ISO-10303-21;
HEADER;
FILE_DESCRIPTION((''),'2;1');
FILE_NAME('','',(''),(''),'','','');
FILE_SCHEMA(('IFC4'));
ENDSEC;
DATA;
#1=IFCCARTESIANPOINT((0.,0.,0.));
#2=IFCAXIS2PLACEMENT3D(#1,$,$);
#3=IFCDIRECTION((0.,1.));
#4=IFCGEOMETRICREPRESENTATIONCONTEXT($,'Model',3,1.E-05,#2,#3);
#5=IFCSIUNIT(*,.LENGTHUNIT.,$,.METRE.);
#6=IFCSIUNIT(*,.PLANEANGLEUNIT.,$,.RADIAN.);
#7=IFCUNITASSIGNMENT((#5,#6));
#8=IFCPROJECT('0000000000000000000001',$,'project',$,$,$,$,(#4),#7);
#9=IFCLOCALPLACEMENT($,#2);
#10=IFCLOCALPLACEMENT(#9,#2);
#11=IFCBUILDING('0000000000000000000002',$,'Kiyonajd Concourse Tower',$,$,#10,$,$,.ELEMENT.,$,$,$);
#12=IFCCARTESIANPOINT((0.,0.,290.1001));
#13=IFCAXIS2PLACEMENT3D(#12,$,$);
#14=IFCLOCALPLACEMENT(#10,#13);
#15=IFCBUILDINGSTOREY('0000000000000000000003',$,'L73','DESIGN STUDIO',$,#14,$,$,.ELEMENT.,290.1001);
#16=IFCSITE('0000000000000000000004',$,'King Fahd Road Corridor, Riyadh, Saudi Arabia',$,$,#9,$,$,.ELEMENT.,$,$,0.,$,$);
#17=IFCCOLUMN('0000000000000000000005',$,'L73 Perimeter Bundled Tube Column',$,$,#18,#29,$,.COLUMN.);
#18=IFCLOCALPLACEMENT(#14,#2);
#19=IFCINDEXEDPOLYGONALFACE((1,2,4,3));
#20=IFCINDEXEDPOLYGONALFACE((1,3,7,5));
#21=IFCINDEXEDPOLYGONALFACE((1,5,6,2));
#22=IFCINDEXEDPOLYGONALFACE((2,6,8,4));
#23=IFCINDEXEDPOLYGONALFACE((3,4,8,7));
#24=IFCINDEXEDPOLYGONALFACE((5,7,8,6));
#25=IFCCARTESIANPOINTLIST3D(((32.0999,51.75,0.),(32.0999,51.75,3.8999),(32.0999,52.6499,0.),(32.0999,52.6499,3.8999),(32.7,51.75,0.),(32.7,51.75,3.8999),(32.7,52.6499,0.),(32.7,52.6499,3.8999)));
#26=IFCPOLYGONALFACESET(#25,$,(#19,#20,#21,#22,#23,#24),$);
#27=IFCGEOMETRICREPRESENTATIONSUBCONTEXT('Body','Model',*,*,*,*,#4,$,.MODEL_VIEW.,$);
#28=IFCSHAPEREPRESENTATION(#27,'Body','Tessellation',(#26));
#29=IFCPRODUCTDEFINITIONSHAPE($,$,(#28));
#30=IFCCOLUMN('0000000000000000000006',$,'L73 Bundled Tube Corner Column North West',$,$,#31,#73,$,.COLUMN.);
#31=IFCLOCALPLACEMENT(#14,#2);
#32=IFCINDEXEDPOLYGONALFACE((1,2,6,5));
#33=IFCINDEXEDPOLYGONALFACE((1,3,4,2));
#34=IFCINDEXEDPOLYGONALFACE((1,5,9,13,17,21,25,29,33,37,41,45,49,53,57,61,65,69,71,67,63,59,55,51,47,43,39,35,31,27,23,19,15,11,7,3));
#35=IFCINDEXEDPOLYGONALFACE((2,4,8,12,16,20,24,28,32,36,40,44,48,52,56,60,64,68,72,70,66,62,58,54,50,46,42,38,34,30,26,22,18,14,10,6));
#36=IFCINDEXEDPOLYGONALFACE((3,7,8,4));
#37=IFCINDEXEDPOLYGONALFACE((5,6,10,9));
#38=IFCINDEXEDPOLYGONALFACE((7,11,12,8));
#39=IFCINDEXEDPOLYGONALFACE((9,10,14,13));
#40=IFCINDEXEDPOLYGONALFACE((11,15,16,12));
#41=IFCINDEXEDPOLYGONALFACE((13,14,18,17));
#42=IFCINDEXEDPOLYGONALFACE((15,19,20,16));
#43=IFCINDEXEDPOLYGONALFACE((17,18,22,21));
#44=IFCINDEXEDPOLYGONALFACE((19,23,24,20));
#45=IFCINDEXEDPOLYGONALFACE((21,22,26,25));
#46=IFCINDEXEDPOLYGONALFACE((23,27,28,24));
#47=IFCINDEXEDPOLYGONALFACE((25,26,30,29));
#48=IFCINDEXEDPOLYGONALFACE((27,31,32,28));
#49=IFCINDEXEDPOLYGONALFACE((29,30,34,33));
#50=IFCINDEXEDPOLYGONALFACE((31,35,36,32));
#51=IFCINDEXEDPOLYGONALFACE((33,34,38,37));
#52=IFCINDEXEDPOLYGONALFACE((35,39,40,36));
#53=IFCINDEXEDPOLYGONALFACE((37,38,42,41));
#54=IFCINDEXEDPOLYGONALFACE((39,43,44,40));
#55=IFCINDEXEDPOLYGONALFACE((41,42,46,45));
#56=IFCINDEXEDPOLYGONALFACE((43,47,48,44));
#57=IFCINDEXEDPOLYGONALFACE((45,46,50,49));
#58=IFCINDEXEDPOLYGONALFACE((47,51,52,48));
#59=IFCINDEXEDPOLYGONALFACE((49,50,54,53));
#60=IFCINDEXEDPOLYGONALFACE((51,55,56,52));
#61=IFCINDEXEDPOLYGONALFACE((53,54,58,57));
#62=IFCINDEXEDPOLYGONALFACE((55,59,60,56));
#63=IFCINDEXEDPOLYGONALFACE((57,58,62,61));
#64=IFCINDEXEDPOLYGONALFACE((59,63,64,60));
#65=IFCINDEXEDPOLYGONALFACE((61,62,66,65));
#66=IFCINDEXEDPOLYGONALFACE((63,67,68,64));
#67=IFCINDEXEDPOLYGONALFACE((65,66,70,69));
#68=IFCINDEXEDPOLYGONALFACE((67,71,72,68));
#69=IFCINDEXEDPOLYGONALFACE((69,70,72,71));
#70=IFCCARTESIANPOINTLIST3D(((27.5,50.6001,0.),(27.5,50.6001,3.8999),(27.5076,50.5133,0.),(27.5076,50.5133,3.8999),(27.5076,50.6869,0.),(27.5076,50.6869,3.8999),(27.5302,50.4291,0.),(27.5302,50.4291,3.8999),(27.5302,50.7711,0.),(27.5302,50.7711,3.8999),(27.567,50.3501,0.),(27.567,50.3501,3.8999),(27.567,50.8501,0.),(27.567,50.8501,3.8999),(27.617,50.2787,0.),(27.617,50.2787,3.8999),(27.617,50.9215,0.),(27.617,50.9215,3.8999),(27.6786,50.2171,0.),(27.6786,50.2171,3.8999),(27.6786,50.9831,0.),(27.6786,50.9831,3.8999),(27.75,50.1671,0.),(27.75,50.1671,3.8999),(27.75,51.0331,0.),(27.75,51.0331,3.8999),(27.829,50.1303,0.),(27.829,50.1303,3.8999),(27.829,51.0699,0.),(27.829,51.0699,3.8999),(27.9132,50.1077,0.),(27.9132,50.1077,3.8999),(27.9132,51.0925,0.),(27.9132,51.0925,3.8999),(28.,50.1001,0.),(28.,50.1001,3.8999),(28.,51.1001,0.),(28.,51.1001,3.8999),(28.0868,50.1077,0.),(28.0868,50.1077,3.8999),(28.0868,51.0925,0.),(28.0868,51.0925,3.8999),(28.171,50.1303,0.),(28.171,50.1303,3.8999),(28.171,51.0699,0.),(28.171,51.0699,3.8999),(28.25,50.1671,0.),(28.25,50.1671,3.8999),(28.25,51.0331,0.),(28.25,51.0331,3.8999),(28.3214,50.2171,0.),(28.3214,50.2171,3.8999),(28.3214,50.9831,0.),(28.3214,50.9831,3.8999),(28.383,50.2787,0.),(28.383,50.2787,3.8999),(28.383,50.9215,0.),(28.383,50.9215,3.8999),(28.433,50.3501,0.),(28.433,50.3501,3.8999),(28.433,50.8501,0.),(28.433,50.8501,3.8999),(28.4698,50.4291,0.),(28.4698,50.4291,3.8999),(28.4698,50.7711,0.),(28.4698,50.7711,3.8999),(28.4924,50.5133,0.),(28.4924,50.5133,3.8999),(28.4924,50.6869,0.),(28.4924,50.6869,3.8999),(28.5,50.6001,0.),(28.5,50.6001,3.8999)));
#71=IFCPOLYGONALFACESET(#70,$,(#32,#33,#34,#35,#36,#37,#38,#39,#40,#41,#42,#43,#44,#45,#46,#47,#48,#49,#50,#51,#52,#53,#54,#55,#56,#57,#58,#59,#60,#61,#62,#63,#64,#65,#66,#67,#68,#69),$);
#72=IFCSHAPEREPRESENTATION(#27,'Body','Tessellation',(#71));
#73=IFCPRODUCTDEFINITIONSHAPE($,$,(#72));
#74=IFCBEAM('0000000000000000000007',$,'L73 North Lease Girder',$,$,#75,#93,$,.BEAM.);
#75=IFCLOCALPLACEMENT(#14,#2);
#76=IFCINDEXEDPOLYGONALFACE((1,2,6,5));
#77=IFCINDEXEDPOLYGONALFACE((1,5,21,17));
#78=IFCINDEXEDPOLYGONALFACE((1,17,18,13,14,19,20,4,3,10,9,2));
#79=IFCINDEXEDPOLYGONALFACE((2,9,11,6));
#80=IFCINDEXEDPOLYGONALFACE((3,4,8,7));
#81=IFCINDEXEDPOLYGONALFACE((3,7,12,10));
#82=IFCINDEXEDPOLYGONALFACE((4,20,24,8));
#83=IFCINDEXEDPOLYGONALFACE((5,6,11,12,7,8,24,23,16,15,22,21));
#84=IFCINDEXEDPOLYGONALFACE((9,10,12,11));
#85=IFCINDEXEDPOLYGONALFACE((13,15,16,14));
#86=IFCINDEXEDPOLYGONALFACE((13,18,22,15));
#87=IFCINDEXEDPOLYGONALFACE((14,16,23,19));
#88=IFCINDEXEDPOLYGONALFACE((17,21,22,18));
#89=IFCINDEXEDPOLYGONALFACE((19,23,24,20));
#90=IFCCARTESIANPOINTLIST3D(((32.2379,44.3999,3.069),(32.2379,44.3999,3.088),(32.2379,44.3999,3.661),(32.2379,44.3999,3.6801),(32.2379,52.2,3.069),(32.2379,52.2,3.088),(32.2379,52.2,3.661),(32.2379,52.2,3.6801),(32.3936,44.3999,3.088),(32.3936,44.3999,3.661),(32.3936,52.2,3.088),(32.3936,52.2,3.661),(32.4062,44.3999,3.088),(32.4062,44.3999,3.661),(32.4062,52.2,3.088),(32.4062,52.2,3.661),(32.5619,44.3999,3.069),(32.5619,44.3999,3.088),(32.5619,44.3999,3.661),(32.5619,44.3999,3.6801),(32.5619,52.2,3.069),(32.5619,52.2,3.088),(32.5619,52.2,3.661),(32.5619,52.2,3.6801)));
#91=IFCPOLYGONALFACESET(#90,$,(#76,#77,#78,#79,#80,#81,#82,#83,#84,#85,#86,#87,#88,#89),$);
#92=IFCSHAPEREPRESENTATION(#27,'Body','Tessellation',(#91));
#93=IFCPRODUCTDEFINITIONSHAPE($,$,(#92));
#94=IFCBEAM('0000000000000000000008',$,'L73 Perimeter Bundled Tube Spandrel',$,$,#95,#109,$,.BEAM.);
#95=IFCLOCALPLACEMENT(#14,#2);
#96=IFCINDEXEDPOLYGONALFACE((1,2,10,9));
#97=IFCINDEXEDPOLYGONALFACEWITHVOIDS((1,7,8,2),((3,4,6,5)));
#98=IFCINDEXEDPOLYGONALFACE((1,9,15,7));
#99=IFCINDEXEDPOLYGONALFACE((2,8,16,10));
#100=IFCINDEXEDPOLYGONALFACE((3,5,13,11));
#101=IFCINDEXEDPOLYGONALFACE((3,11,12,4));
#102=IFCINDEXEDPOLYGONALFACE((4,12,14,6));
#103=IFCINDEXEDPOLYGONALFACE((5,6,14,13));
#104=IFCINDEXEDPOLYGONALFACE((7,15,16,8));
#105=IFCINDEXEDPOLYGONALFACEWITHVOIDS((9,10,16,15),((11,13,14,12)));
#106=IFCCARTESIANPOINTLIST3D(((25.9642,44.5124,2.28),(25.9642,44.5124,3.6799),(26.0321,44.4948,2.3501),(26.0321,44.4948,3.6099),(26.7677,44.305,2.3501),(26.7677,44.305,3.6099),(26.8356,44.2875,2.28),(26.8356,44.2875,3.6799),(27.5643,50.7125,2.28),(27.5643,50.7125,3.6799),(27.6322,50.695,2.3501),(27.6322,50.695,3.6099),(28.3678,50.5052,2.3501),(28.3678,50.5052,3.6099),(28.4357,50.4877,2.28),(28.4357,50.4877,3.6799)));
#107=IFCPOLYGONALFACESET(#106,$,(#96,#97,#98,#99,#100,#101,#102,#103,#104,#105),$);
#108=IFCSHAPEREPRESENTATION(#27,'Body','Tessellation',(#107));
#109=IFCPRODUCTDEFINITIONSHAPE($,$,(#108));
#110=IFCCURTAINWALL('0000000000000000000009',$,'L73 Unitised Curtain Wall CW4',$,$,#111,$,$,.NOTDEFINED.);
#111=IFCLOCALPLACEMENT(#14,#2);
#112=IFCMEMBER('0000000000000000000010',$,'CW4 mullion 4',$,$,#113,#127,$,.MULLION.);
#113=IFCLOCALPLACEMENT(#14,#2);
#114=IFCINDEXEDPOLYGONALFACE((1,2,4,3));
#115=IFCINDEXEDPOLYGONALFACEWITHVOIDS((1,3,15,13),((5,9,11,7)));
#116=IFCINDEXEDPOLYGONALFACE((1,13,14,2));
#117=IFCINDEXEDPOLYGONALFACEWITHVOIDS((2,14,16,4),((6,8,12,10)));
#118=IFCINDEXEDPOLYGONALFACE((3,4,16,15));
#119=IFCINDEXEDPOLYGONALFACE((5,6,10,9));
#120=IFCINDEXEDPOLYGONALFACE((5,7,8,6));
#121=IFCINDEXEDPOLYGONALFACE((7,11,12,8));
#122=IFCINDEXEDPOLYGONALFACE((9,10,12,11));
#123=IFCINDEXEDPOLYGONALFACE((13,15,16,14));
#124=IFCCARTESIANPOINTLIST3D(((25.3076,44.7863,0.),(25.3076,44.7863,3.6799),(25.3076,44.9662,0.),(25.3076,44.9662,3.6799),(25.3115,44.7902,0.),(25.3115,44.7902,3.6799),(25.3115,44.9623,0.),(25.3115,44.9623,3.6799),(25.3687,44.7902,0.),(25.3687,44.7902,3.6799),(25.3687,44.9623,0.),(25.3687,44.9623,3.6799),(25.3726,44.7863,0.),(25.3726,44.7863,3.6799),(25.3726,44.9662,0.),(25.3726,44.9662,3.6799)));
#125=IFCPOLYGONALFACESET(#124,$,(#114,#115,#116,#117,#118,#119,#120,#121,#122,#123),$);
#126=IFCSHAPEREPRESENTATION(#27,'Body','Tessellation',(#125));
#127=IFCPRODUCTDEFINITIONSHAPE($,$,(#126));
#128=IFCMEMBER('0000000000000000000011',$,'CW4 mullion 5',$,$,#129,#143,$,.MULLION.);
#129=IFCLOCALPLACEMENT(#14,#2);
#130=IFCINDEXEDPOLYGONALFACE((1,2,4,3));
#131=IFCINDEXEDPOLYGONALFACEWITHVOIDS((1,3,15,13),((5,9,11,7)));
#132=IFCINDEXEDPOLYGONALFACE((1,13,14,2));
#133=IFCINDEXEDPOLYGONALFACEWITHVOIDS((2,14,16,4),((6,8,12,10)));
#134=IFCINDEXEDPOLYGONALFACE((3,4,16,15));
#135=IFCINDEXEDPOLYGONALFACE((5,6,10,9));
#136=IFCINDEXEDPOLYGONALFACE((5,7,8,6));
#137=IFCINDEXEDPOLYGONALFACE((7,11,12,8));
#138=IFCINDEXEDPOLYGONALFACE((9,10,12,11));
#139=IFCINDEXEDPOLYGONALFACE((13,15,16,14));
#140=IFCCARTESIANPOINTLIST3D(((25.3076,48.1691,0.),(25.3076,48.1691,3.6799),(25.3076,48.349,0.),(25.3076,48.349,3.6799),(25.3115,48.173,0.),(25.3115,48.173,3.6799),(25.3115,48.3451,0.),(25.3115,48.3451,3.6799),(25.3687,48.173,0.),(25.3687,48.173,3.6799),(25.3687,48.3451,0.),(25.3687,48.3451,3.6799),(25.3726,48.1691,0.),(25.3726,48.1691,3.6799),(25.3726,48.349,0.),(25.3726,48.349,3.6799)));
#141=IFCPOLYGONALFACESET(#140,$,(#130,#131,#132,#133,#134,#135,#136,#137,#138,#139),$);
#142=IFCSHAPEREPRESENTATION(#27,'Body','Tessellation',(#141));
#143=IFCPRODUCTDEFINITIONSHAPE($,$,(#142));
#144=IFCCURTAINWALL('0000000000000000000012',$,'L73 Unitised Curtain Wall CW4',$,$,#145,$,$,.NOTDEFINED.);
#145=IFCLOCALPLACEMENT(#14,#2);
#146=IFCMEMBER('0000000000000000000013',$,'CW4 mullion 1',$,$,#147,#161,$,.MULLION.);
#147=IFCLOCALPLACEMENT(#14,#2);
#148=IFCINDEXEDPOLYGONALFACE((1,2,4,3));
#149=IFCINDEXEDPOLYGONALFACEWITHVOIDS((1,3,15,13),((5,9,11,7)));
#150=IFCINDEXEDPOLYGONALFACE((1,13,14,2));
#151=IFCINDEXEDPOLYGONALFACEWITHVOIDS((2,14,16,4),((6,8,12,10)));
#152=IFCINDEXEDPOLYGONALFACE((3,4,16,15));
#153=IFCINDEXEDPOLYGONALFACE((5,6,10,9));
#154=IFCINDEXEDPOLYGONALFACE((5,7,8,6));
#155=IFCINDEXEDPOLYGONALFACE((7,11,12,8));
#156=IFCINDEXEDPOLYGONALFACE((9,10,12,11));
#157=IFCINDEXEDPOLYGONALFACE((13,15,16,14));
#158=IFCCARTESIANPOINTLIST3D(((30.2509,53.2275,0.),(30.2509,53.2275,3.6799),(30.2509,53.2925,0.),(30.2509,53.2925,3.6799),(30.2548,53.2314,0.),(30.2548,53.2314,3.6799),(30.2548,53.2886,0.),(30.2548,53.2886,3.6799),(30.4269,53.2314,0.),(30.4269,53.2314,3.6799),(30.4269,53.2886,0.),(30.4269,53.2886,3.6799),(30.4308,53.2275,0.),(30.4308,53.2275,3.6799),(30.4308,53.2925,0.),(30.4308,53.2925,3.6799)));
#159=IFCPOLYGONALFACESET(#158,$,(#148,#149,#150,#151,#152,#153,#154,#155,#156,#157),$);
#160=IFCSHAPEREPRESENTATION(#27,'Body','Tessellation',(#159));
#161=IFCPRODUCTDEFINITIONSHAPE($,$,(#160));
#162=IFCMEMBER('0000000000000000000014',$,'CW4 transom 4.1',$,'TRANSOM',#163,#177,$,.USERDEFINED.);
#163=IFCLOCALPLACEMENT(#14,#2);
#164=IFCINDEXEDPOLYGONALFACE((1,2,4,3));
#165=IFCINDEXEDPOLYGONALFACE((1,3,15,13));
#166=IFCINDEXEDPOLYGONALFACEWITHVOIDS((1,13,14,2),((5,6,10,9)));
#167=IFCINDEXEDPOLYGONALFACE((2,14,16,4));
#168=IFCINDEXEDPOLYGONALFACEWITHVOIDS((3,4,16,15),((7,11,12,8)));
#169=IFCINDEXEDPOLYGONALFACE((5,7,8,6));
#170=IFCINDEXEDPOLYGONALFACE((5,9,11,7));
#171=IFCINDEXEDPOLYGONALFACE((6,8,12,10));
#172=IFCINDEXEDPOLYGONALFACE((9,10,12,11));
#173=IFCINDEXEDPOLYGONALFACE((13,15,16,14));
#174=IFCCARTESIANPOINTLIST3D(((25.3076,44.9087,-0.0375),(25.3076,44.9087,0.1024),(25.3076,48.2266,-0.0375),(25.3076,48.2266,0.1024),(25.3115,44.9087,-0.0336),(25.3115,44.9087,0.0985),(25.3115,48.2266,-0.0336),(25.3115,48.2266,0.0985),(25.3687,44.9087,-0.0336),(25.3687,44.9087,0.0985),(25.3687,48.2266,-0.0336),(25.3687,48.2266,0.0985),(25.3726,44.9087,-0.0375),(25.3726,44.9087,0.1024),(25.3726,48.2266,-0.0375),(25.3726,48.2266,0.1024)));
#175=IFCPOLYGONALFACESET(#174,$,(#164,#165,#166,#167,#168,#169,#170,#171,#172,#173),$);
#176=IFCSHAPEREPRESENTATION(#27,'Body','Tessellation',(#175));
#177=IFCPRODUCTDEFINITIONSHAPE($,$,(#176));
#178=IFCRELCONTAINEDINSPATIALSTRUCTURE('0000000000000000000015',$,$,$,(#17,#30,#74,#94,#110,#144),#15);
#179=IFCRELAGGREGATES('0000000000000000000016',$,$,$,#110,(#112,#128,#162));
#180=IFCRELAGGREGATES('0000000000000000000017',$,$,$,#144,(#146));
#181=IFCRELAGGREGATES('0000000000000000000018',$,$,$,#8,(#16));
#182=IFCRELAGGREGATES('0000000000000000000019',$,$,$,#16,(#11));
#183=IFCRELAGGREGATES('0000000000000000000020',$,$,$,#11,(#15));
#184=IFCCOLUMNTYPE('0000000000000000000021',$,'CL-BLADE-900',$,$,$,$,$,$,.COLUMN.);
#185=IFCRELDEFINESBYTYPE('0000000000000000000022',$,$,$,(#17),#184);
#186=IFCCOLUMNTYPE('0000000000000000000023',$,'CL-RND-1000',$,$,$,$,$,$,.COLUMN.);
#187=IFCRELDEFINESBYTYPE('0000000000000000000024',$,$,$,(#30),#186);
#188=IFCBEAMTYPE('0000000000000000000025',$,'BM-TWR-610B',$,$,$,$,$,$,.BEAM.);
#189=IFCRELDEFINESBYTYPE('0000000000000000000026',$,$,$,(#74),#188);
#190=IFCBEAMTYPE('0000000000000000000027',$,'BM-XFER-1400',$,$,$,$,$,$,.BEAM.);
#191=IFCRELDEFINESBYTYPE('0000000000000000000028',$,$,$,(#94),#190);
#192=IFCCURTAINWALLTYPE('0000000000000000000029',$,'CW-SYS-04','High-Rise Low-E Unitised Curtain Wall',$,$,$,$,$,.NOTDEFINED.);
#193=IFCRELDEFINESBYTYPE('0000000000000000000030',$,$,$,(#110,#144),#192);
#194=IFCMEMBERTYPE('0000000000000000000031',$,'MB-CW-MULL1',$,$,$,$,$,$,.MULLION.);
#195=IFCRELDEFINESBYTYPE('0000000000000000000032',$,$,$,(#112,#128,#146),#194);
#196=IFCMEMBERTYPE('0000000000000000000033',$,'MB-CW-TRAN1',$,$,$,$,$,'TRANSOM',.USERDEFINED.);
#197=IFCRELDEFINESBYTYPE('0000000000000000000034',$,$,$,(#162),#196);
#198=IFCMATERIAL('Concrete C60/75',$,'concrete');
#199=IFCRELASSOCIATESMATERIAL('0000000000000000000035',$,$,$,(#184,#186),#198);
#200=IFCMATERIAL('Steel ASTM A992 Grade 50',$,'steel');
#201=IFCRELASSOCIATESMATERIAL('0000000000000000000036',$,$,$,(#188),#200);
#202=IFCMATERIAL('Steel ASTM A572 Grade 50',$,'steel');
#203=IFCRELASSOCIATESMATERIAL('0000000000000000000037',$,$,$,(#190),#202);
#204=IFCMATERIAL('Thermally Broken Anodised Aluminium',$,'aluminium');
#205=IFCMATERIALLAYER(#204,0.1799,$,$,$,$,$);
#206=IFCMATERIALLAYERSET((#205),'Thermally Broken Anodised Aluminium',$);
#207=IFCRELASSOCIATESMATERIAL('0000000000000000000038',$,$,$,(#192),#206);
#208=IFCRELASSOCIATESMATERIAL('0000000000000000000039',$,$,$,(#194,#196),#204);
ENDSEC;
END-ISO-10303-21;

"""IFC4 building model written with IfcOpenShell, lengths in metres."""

from ifc_helpers import new_model, si_unit, direction, frame, origin, origin_2d, place, context, subcontext, project, spatial, rectangle, hollow_rectangle, circle, i_section, extrude, material, layer, layer_set, material_profile, profile_set, type_object, element, aggregate, save


model = new_model("IFC4")

# Units and contexts
model_context = context("Model", 3, precision=1e-05, world=origin(), true_north=direction((0.0, 1.0)))
body_context = subcontext(model_context, "Body", "Model", "MODEL_VIEW")
ifc_project = project(units=[si_unit("LENGTHUNIT", "METRE"), si_unit("PLANEANGLEUNIT", "RADIAN")], contexts=[model_context])

# Site, building, storey
site_placement = place(None, origin())
site = spatial("IfcSite", under=ifc_project, at=site_placement, Name="King Fahd Road Corridor, Riyadh, Saudi Arabia", CompositionType="ELEMENT", RefElevation=0.0)
building_placement = place(site_placement, origin())
building = spatial("IfcBuilding", under=site, at=building_placement, Name="Kiyonajd Concourse Tower", CompositionType="ELEMENT")
storey_placement = place(building_placement, frame((0.0, 0.0, 290.1001)))
storey = spatial("IfcBuildingStorey", under=building, at=storey_placement, Name="L73", Description="DESIGN STUDIO", CompositionType="ELEMENT", Elevation=290.1001)

# Columns
ifc_material_1 = material(Name="Concrete C60/75", Category="concrete")
ifc_material_profile_1 = material_profile(ifc_material_1, rectangle(XDim=0.6001, YDim=0.8999, at=origin_2d()), Name="RC-900x600")
ifc_profile_set_1 = profile_set([ifc_material_profile_1], Name="Concrete C60/75")
column_type_1 = type_object("IfcColumnType", Name="CL-BLADE-900", PredefinedType="COLUMN", material=ifc_profile_set_1)
column_1_placement = place(storey_placement, frame((32.3999, 52.2, 0.0), z_axis=(0.0, 0.0, 1.0), x_axis=(1.0, 0.0, 0.0)))
element("IfcColumn", 1, at=column_1_placement, inside=storey, type_object=column_type_1, Name="L73 Perimeter Bundled Tube Column", PredefinedType="COLUMN", context=body_context, shape_type="SweptSolid", body=[
    extrude(rectangle(XDim=0.6001, YDim=0.8999, at=origin_2d()), origin(), (0.0, 0.0, 1.0), 3.8999),
])
ifc_material_profile_2 = material_profile(ifc_material_1, circle(Radius=0.5, at=origin_2d()), Name="RCC-D1000")
ifc_profile_set_2 = profile_set([ifc_material_profile_2], Name="Concrete C60/75")
column_type_2 = type_object("IfcColumnType", Name="CL-RND-1000", PredefinedType="COLUMN", material=ifc_profile_set_2)
column_2_placement = place(storey_placement, frame((28.0, 50.6001, 0.0), z_axis=(0.0, 0.0, 1.0), x_axis=(1.0, 0.0, 0.0)))
element("IfcColumn", 2, at=column_2_placement, inside=storey, type_object=column_type_2, Name="L73 Bundled Tube Corner Column North West", PredefinedType="COLUMN", context=body_context, shape_type="SweptSolid", body=[
    extrude(circle(Radius=0.5, at=origin_2d()), origin(), (0.0, 0.0, 1.0), 3.8999),
])

# Beams
ifc_material_2 = material(Name="Steel ASTM A992 Grade 50", Category="steel")
ifc_material_profile_3 = material_profile(ifc_material_2, i_section(OverallWidth=0.324, OverallDepth=0.6111, WebThickness=0.0127, FlangeThickness=0.019, at=origin_2d()), Name="W610X155")
ifc_profile_set_3 = profile_set([ifc_material_profile_3], Name="Steel ASTM A992 Grade 50")
beam_type_1 = type_object("IfcBeamType", Name="BM-TWR-610B", PredefinedType="BEAM", material=ifc_profile_set_3)
beam_1_placement = place(storey_placement, frame((32.3999, 44.3999, 3.3745), z_axis=(0.0, 1.0, 0.0), x_axis=(-1.0, 0.0, 0.0)))
element("IfcBeam", 3, at=beam_1_placement, inside=storey, type_object=beam_type_1, Name="L73 North Lease Girder", PredefinedType="BEAM", context=body_context, shape_type="SweptSolid", body=[
    extrude(i_section(OverallWidth=0.324, OverallDepth=0.6111, WebThickness=0.0127, FlangeThickness=0.019, at=origin_2d()), origin(), (0.0, 0.0, 1.0), 7.8),
])
ifc_material_3 = material(Name="Steel ASTM A572 Grade 50", Category="steel")
ifc_material_profile_4 = material_profile(ifc_material_3, hollow_rectangle(XDim=0.8999, YDim=1.3999, WallThickness=0.0701, at=origin_2d()), Name="BOX-1400x900x70")
ifc_profile_set_4 = profile_set([ifc_material_profile_4], Name="Steel ASTM A572 Grade 50")
beam_type_2 = type_object("IfcBeamType", Name="BM-XFER-1400", PredefinedType="BEAM", material=ifc_profile_set_4)
beam_2_placement = place(storey_placement, frame((28.0, 50.6001, 2.98), z_axis=(-0.249885, -0.968276, 0.0), x_axis=(0.968276, -0.249885, 0.0)))
element("IfcBeam", 4, at=beam_2_placement, inside=storey, type_object=beam_type_2, Name="L73 Perimeter Bundled Tube Spandrel", PredefinedType="BEAM", context=body_context, shape_type="SweptSolid", body=[
    extrude(hollow_rectangle(XDim=0.8999, YDim=1.3999, WallThickness=0.0701, at=origin_2d()), origin(), (0.0, 0.0, 1.0), 6.4033),
])

# Curtain wall, members
ifc_material_4 = material(Name="Thermally Broken Anodised Aluminium", Category="aluminium")
ifc_layer_1 = layer(ifc_material_4, 0.1799)
ifc_layer_set_1 = layer_set([ifc_layer_1], Name="Thermally Broken Anodised Aluminium")
curtain_wall_type = type_object("IfcCurtainWallType", Name="CW-SYS-04", Description="High-Rise Low-E Unitised Curtain Wall", PredefinedType="NOTDEFINED", material=ifc_layer_set_1)
curtain_wall_1_placement = place(storey_placement, origin())
curtain_wall_1 = element("IfcCurtainWall", 5, at=curtain_wall_1_placement, inside=storey, type_object=curtain_wall_type, Name="L73 Unitised Curtain Wall CW4", PredefinedType="NOTDEFINED")
ifc_material_profile_5 = material_profile(ifc_material_4, hollow_rectangle(XDim=0.0649, YDim=0.1799, WallThickness=0.0039, at=origin_2d()), Name="MULL-65x180")
ifc_profile_set_5 = profile_set([ifc_material_profile_5], Name="Thermally Broken Anodised Aluminium")
member_type_1 = type_object("IfcMemberType", Name="MB-CW-MULL1", PredefinedType="MULLION", material=ifc_profile_set_5)
member_1_placement = place(storey_placement, frame((25.3401, 44.8762, 0.0), z_axis=(0.0, 0.0, 1.0), x_axis=(-1.0, 0.0, 0.0)))
member_1 = element("IfcMember", 6, at=member_1_placement, type_object=member_type_1, Name="CW4 mullion 4", PredefinedType="MULLION", context=body_context, shape_type="SweptSolid", body=[
    extrude(hollow_rectangle(XDim=0.0649, YDim=0.1799, WallThickness=0.0039, at=origin_2d()), origin(), (0.0, 0.0, 1.0), 3.6799),
])
member_2_placement = place(storey_placement, frame((25.3401, 48.259, 0.0), z_axis=(0.0, 0.0, 1.0), x_axis=(-1.0, 0.0, 0.0)))
member_2 = element("IfcMember", 7, at=member_2_placement, type_object=member_type_1, Name="CW4 mullion 5", PredefinedType="MULLION", context=body_context, shape_type="SweptSolid", body=[
    extrude(hollow_rectangle(XDim=0.0649, YDim=0.1799, WallThickness=0.0039, at=origin_2d()), origin(), (0.0, 0.0, 1.0), 3.6799),
])

# Curtain wall, member
curtain_wall_2_placement = place(storey_placement, origin())
curtain_wall_2 = element("IfcCurtainWall", 8, at=curtain_wall_2_placement, inside=storey, type_object=curtain_wall_type, Name="L73 Unitised Curtain Wall CW4", PredefinedType="NOTDEFINED")
member_3_placement = place(storey_placement, frame((30.3408, 53.26, 0.0), z_axis=(0.0, 0.0, 1.0), x_axis=(0.0, 1.0, 0.0)))
member_3 = element("IfcMember", 9, at=member_3_placement, type_object=member_type_1, Name="CW4 mullion 1", PredefinedType="MULLION", context=body_context, shape_type="SweptSolid", body=[
    extrude(hollow_rectangle(XDim=0.0649, YDim=0.1799, WallThickness=0.0039, at=origin_2d()), origin(), (0.0, 0.0, 1.0), 3.6799),
])

# Member
ifc_material_profile_6 = material_profile(ifc_material_4, hollow_rectangle(XDim=0.0649, YDim=0.1399, WallThickness=0.0039, at=origin_2d()), Name="TRAN-65x140")
ifc_profile_set_6 = profile_set([ifc_material_profile_6], Name="Thermally Broken Anodised Aluminium")
member_type_2 = type_object("IfcMemberType", Name="MB-CW-TRAN1", ElementType="TRANSOM", PredefinedType="USERDEFINED", material=ifc_profile_set_6)
member_4_placement = place(storey_placement, frame((25.3401, 44.9087, 0.0325), z_axis=(0.0, 1.0, 0.0), x_axis=(-1.0, 0.0, 0.0)))
member_4 = element("IfcMember", 10, at=member_4_placement, type_object=member_type_2, Name="CW4 transom 4.1", ObjectType="TRANSOM", PredefinedType="USERDEFINED", context=body_context, shape_type="SweptSolid", body=[
    extrude(hollow_rectangle(XDim=0.0649, YDim=0.1399, WallThickness=0.0039, at=origin_2d()), origin(), (0.0, 0.0, 1.0), 3.3179),
])

aggregate(curtain_wall_1, [member_1, member_2, member_4])
aggregate(curtain_wall_2, [member_3])

save(model, "model.ifc")
